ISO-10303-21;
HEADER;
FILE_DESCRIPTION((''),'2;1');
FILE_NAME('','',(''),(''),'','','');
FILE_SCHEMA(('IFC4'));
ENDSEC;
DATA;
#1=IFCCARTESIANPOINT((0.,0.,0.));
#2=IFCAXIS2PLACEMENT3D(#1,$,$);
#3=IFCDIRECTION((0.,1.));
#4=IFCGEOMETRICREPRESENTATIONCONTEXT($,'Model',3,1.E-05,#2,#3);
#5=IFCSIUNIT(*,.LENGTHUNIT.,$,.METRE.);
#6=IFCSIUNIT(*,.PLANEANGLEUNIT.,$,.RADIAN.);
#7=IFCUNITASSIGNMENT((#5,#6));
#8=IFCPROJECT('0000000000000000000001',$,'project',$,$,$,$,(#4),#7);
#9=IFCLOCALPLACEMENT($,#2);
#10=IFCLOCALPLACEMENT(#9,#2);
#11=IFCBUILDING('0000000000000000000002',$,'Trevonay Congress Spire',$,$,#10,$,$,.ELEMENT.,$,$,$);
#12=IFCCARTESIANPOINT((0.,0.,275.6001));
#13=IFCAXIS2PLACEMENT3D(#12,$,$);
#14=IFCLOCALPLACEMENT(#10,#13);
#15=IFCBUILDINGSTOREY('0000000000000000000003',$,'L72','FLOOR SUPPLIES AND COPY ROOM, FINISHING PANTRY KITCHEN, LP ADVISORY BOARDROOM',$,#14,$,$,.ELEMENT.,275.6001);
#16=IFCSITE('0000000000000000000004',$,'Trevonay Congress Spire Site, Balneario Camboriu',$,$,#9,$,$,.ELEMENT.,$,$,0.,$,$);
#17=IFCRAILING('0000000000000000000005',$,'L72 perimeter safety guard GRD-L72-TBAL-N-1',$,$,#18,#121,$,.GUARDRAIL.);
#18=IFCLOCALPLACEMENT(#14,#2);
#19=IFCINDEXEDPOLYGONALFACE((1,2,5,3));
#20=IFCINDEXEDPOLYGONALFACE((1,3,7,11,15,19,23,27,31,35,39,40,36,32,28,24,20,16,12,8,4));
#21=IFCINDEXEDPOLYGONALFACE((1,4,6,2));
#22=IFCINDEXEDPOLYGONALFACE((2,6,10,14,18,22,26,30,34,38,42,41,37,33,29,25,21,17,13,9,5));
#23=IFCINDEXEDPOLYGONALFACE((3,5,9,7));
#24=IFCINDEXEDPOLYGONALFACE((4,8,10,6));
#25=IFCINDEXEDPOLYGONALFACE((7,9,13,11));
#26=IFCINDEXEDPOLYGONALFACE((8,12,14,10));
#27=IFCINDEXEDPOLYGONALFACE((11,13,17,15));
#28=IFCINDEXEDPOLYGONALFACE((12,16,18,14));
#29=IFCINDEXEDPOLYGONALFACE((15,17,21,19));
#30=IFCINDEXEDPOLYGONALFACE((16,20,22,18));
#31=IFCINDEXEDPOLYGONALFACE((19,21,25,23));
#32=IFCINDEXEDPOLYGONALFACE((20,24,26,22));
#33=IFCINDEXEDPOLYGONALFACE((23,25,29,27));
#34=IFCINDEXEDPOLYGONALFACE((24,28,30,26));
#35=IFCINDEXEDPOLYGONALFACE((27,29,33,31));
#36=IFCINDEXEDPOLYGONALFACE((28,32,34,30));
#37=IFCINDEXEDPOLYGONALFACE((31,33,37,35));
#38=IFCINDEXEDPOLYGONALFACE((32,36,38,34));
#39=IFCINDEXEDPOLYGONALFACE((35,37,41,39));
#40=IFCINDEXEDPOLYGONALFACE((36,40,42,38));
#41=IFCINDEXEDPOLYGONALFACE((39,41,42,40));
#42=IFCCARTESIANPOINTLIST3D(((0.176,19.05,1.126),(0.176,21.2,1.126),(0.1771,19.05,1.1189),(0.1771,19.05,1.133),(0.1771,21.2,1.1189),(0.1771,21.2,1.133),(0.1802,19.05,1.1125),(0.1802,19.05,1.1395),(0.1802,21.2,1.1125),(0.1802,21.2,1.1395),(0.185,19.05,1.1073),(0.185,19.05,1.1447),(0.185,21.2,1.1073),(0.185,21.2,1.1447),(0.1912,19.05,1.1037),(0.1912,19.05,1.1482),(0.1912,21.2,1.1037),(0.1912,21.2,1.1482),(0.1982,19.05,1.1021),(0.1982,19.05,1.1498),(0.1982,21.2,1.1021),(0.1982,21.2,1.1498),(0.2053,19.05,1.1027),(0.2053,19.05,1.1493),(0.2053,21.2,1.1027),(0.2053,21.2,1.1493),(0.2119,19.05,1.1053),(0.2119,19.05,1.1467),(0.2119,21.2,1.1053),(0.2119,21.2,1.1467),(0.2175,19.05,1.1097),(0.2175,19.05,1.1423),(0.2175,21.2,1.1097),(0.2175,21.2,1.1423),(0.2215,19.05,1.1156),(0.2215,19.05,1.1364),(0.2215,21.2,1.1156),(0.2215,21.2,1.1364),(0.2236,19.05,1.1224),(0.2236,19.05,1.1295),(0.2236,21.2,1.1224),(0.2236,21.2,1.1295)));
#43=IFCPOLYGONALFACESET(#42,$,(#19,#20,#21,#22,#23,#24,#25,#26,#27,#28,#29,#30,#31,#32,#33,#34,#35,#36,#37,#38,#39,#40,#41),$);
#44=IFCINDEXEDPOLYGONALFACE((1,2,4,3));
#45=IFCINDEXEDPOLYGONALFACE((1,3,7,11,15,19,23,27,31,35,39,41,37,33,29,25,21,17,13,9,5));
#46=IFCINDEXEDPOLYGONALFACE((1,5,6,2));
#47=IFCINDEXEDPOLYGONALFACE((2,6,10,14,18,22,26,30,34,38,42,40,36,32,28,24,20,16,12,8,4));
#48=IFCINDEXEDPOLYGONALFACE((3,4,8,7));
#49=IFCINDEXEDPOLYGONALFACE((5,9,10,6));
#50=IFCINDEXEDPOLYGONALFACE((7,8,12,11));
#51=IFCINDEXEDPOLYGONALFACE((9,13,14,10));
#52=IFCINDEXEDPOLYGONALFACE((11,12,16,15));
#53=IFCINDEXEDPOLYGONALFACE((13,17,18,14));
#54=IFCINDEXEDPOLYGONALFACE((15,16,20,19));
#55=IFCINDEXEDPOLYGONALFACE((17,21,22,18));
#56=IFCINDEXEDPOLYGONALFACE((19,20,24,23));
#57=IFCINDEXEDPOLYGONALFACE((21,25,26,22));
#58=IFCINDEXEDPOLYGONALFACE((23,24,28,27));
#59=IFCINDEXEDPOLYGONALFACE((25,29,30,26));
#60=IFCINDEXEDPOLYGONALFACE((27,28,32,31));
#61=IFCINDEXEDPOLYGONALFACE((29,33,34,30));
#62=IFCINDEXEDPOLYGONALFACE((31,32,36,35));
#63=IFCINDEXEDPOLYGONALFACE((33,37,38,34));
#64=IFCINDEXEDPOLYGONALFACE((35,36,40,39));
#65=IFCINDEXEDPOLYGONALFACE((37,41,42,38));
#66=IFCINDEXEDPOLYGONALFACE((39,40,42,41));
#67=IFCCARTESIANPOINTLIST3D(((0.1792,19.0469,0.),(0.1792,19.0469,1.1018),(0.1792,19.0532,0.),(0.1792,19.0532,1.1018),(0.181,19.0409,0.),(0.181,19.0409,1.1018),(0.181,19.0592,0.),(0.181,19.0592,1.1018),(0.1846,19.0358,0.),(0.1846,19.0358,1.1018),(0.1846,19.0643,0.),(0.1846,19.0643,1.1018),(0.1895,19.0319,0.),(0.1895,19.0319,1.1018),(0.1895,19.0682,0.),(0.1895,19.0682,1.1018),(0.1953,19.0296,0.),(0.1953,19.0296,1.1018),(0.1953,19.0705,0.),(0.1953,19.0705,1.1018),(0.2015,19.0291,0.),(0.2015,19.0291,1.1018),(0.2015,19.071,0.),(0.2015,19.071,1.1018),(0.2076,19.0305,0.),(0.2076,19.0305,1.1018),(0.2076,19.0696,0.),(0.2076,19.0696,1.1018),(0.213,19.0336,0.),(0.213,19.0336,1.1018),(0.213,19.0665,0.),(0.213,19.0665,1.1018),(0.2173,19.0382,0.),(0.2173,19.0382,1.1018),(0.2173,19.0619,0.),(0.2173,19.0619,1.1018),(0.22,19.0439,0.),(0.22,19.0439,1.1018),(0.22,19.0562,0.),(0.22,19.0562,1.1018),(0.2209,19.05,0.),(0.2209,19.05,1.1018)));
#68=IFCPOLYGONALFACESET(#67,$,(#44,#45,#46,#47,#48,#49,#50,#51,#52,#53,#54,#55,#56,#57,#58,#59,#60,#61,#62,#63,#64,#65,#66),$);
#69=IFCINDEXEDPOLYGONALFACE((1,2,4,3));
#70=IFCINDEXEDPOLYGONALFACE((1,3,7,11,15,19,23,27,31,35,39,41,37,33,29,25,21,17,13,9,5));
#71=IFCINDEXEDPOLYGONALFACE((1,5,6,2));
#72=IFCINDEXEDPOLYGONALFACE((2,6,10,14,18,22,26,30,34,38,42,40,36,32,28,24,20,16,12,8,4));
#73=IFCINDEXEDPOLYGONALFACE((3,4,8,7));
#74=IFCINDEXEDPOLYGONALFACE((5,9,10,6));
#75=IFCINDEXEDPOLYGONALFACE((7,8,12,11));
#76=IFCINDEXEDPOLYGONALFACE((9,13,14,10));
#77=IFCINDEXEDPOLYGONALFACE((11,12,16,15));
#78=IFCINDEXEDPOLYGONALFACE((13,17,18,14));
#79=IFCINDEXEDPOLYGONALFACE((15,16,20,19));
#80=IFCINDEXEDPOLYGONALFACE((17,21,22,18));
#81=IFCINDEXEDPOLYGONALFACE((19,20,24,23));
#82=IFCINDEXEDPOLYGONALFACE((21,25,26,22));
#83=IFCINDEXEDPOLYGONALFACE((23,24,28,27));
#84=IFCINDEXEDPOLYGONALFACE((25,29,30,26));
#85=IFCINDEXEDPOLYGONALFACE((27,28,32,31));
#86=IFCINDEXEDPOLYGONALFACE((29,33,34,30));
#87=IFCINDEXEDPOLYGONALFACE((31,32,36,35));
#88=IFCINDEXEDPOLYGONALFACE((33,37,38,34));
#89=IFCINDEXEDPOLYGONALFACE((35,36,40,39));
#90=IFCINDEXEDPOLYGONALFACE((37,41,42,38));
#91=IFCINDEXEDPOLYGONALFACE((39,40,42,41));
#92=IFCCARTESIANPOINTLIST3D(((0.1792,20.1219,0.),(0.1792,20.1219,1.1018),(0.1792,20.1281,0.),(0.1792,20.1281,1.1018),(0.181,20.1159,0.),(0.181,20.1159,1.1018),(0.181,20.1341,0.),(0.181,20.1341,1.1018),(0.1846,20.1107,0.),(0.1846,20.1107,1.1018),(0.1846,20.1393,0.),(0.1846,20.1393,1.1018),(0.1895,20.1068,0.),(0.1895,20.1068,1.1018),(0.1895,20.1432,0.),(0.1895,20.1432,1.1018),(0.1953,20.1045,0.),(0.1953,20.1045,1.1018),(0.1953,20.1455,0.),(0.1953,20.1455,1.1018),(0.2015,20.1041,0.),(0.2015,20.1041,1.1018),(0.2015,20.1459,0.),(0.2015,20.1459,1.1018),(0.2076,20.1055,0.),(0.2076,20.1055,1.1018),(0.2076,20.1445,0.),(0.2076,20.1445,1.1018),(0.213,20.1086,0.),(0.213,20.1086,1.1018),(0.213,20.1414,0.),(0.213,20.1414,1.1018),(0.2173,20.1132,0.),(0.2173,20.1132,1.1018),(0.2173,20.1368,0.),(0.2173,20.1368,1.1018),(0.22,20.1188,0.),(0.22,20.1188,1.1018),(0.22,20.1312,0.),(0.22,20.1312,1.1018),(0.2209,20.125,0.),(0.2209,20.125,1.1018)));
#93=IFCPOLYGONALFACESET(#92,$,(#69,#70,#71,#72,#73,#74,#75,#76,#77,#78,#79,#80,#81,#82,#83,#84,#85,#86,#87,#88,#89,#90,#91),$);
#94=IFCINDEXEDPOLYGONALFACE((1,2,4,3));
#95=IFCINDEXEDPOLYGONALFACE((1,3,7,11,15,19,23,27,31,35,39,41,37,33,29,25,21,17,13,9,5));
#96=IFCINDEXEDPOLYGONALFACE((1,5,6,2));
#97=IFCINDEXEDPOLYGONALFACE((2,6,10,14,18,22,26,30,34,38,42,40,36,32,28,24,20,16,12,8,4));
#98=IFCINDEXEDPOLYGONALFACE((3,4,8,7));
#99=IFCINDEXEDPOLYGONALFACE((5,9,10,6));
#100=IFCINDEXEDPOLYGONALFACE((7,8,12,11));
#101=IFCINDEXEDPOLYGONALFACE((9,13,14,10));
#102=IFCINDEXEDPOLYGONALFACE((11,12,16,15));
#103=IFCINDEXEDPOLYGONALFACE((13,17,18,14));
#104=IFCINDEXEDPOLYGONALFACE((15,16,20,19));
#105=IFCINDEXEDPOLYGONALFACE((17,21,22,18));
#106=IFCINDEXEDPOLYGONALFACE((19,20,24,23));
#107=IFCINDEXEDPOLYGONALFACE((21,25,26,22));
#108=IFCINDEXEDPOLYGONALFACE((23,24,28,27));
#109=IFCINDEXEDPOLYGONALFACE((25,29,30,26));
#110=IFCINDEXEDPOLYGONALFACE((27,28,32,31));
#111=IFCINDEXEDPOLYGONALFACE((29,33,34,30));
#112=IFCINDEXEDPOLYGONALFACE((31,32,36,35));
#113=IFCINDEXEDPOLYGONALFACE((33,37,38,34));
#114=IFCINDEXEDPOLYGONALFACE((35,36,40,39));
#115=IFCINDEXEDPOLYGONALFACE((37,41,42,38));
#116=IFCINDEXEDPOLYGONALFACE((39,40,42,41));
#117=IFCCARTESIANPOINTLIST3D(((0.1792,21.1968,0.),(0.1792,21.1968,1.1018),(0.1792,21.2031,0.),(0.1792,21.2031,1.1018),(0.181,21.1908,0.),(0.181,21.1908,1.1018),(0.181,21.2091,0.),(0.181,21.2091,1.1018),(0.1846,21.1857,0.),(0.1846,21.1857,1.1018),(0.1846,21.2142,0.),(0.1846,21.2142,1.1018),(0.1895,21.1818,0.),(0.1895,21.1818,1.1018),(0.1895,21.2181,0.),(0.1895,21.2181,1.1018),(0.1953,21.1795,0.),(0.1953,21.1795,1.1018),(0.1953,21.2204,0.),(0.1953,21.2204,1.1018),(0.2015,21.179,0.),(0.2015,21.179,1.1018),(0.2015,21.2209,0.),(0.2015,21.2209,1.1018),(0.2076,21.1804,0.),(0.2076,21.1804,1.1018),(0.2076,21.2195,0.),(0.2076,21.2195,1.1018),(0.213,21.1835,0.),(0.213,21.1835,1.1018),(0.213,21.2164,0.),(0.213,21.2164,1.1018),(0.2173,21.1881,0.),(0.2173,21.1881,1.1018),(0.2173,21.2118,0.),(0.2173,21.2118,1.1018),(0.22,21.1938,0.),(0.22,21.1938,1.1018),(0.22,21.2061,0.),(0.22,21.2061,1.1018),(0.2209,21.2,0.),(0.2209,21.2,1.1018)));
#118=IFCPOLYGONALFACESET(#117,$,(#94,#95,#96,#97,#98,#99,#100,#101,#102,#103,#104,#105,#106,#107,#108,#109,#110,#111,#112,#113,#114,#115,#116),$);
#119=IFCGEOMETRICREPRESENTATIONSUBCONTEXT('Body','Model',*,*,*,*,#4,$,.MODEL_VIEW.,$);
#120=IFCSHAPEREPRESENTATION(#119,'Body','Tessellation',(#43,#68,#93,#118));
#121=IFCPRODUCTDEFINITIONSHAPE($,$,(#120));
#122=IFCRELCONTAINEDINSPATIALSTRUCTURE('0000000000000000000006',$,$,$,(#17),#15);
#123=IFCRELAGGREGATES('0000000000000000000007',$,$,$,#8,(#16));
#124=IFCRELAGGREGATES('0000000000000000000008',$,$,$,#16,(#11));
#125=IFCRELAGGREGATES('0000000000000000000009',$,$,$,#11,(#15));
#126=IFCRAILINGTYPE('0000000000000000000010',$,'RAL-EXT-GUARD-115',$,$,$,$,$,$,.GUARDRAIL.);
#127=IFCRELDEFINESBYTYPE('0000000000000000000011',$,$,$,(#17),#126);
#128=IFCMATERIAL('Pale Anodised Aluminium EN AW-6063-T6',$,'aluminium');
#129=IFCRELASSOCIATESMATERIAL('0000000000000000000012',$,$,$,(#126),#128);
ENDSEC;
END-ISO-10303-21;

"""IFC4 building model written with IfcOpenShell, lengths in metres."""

from ifc_helpers import new_model, si_unit, direction, frame, origin, origin_2d, place, context, subcontext, project, spatial, circle, extrude, material, type_object, element, save


model = new_model("IFC4")

# Units and contexts
model_context = context("Model", 3, precision=1e-05, world=origin(), true_north=direction((0.0, 1.0)))
body_context = subcontext(model_context, "Body", "Model", "MODEL_VIEW")
ifc_project = project(units=[si_unit("LENGTHUNIT", "METRE"), si_unit("PLANEANGLEUNIT", "RADIAN")], contexts=[model_context])

# Site, building, storey
site_placement = place(None, origin())
site = spatial("IfcSite", under=ifc_project, at=site_placement, Name="Trevonay Congress Spire Site, Balneario Camboriu", CompositionType="ELEMENT", RefElevation=0.0)
building_placement = place(site_placement, origin())
building = spatial("IfcBuilding", under=site, at=building_placement, Name="Trevonay Congress Spire", CompositionType="ELEMENT")
storey_placement = place(building_placement, frame((0.0, 0.0, 275.6001)))
storey = spatial("IfcBuildingStorey", under=building, at=storey_placement, Name="L72", Description="FLOOR SUPPLIES AND COPY ROOM, FINISHING PANTRY KITCHEN, LP ADVISORY BOARDROOM", CompositionType="ELEMENT", Elevation=275.6001)

# Shared definitions
ifc_material_1 = material(Name="Pale Anodised Aluminium EN AW-6063-T6", Category="aluminium")

# Railing
railing_type = type_object("IfcRailingType", Name="RAL-EXT-GUARD-115", PredefinedType="GUARDRAIL", material=ifc_material_1)
railing_1_placement = place(storey_placement, frame((0.2, 19.05, 0.0)))
element("IfcRailing", 1, at=railing_1_placement, inside=storey, type_object=railing_type, Name="L72 perimeter safety guard GRD-L72-TBAL-N-1", PredefinedType="GUARDRAIL", context=body_context, shape_type="SweptSolid", body=[
    extrude(circle(Radius=0.0239, at=origin_2d()), frame((0.0, 0.0, 1.126), z_axis=(0.0, 1.0, 0.0), x_axis=(-1.0, 0.0, 0.0)), (0.0, 0.0, 1.0), 2.1499),
    extrude(circle(Radius=0.021, at=origin_2d()), origin(), (0.0, 0.0, 1.0), 1.1018),
    extrude(circle(Radius=0.021, at=origin_2d()), frame((0.0, 1.075, 0.0)), (0.0, 0.0, 1.0), 1.1018),
    extrude(circle(Radius=0.021, at=origin_2d()), frame((0.0, 2.1499, 0.0)), (0.0, 0.0, 1.0), 1.1018),
])

save(model, "model.ifc")
